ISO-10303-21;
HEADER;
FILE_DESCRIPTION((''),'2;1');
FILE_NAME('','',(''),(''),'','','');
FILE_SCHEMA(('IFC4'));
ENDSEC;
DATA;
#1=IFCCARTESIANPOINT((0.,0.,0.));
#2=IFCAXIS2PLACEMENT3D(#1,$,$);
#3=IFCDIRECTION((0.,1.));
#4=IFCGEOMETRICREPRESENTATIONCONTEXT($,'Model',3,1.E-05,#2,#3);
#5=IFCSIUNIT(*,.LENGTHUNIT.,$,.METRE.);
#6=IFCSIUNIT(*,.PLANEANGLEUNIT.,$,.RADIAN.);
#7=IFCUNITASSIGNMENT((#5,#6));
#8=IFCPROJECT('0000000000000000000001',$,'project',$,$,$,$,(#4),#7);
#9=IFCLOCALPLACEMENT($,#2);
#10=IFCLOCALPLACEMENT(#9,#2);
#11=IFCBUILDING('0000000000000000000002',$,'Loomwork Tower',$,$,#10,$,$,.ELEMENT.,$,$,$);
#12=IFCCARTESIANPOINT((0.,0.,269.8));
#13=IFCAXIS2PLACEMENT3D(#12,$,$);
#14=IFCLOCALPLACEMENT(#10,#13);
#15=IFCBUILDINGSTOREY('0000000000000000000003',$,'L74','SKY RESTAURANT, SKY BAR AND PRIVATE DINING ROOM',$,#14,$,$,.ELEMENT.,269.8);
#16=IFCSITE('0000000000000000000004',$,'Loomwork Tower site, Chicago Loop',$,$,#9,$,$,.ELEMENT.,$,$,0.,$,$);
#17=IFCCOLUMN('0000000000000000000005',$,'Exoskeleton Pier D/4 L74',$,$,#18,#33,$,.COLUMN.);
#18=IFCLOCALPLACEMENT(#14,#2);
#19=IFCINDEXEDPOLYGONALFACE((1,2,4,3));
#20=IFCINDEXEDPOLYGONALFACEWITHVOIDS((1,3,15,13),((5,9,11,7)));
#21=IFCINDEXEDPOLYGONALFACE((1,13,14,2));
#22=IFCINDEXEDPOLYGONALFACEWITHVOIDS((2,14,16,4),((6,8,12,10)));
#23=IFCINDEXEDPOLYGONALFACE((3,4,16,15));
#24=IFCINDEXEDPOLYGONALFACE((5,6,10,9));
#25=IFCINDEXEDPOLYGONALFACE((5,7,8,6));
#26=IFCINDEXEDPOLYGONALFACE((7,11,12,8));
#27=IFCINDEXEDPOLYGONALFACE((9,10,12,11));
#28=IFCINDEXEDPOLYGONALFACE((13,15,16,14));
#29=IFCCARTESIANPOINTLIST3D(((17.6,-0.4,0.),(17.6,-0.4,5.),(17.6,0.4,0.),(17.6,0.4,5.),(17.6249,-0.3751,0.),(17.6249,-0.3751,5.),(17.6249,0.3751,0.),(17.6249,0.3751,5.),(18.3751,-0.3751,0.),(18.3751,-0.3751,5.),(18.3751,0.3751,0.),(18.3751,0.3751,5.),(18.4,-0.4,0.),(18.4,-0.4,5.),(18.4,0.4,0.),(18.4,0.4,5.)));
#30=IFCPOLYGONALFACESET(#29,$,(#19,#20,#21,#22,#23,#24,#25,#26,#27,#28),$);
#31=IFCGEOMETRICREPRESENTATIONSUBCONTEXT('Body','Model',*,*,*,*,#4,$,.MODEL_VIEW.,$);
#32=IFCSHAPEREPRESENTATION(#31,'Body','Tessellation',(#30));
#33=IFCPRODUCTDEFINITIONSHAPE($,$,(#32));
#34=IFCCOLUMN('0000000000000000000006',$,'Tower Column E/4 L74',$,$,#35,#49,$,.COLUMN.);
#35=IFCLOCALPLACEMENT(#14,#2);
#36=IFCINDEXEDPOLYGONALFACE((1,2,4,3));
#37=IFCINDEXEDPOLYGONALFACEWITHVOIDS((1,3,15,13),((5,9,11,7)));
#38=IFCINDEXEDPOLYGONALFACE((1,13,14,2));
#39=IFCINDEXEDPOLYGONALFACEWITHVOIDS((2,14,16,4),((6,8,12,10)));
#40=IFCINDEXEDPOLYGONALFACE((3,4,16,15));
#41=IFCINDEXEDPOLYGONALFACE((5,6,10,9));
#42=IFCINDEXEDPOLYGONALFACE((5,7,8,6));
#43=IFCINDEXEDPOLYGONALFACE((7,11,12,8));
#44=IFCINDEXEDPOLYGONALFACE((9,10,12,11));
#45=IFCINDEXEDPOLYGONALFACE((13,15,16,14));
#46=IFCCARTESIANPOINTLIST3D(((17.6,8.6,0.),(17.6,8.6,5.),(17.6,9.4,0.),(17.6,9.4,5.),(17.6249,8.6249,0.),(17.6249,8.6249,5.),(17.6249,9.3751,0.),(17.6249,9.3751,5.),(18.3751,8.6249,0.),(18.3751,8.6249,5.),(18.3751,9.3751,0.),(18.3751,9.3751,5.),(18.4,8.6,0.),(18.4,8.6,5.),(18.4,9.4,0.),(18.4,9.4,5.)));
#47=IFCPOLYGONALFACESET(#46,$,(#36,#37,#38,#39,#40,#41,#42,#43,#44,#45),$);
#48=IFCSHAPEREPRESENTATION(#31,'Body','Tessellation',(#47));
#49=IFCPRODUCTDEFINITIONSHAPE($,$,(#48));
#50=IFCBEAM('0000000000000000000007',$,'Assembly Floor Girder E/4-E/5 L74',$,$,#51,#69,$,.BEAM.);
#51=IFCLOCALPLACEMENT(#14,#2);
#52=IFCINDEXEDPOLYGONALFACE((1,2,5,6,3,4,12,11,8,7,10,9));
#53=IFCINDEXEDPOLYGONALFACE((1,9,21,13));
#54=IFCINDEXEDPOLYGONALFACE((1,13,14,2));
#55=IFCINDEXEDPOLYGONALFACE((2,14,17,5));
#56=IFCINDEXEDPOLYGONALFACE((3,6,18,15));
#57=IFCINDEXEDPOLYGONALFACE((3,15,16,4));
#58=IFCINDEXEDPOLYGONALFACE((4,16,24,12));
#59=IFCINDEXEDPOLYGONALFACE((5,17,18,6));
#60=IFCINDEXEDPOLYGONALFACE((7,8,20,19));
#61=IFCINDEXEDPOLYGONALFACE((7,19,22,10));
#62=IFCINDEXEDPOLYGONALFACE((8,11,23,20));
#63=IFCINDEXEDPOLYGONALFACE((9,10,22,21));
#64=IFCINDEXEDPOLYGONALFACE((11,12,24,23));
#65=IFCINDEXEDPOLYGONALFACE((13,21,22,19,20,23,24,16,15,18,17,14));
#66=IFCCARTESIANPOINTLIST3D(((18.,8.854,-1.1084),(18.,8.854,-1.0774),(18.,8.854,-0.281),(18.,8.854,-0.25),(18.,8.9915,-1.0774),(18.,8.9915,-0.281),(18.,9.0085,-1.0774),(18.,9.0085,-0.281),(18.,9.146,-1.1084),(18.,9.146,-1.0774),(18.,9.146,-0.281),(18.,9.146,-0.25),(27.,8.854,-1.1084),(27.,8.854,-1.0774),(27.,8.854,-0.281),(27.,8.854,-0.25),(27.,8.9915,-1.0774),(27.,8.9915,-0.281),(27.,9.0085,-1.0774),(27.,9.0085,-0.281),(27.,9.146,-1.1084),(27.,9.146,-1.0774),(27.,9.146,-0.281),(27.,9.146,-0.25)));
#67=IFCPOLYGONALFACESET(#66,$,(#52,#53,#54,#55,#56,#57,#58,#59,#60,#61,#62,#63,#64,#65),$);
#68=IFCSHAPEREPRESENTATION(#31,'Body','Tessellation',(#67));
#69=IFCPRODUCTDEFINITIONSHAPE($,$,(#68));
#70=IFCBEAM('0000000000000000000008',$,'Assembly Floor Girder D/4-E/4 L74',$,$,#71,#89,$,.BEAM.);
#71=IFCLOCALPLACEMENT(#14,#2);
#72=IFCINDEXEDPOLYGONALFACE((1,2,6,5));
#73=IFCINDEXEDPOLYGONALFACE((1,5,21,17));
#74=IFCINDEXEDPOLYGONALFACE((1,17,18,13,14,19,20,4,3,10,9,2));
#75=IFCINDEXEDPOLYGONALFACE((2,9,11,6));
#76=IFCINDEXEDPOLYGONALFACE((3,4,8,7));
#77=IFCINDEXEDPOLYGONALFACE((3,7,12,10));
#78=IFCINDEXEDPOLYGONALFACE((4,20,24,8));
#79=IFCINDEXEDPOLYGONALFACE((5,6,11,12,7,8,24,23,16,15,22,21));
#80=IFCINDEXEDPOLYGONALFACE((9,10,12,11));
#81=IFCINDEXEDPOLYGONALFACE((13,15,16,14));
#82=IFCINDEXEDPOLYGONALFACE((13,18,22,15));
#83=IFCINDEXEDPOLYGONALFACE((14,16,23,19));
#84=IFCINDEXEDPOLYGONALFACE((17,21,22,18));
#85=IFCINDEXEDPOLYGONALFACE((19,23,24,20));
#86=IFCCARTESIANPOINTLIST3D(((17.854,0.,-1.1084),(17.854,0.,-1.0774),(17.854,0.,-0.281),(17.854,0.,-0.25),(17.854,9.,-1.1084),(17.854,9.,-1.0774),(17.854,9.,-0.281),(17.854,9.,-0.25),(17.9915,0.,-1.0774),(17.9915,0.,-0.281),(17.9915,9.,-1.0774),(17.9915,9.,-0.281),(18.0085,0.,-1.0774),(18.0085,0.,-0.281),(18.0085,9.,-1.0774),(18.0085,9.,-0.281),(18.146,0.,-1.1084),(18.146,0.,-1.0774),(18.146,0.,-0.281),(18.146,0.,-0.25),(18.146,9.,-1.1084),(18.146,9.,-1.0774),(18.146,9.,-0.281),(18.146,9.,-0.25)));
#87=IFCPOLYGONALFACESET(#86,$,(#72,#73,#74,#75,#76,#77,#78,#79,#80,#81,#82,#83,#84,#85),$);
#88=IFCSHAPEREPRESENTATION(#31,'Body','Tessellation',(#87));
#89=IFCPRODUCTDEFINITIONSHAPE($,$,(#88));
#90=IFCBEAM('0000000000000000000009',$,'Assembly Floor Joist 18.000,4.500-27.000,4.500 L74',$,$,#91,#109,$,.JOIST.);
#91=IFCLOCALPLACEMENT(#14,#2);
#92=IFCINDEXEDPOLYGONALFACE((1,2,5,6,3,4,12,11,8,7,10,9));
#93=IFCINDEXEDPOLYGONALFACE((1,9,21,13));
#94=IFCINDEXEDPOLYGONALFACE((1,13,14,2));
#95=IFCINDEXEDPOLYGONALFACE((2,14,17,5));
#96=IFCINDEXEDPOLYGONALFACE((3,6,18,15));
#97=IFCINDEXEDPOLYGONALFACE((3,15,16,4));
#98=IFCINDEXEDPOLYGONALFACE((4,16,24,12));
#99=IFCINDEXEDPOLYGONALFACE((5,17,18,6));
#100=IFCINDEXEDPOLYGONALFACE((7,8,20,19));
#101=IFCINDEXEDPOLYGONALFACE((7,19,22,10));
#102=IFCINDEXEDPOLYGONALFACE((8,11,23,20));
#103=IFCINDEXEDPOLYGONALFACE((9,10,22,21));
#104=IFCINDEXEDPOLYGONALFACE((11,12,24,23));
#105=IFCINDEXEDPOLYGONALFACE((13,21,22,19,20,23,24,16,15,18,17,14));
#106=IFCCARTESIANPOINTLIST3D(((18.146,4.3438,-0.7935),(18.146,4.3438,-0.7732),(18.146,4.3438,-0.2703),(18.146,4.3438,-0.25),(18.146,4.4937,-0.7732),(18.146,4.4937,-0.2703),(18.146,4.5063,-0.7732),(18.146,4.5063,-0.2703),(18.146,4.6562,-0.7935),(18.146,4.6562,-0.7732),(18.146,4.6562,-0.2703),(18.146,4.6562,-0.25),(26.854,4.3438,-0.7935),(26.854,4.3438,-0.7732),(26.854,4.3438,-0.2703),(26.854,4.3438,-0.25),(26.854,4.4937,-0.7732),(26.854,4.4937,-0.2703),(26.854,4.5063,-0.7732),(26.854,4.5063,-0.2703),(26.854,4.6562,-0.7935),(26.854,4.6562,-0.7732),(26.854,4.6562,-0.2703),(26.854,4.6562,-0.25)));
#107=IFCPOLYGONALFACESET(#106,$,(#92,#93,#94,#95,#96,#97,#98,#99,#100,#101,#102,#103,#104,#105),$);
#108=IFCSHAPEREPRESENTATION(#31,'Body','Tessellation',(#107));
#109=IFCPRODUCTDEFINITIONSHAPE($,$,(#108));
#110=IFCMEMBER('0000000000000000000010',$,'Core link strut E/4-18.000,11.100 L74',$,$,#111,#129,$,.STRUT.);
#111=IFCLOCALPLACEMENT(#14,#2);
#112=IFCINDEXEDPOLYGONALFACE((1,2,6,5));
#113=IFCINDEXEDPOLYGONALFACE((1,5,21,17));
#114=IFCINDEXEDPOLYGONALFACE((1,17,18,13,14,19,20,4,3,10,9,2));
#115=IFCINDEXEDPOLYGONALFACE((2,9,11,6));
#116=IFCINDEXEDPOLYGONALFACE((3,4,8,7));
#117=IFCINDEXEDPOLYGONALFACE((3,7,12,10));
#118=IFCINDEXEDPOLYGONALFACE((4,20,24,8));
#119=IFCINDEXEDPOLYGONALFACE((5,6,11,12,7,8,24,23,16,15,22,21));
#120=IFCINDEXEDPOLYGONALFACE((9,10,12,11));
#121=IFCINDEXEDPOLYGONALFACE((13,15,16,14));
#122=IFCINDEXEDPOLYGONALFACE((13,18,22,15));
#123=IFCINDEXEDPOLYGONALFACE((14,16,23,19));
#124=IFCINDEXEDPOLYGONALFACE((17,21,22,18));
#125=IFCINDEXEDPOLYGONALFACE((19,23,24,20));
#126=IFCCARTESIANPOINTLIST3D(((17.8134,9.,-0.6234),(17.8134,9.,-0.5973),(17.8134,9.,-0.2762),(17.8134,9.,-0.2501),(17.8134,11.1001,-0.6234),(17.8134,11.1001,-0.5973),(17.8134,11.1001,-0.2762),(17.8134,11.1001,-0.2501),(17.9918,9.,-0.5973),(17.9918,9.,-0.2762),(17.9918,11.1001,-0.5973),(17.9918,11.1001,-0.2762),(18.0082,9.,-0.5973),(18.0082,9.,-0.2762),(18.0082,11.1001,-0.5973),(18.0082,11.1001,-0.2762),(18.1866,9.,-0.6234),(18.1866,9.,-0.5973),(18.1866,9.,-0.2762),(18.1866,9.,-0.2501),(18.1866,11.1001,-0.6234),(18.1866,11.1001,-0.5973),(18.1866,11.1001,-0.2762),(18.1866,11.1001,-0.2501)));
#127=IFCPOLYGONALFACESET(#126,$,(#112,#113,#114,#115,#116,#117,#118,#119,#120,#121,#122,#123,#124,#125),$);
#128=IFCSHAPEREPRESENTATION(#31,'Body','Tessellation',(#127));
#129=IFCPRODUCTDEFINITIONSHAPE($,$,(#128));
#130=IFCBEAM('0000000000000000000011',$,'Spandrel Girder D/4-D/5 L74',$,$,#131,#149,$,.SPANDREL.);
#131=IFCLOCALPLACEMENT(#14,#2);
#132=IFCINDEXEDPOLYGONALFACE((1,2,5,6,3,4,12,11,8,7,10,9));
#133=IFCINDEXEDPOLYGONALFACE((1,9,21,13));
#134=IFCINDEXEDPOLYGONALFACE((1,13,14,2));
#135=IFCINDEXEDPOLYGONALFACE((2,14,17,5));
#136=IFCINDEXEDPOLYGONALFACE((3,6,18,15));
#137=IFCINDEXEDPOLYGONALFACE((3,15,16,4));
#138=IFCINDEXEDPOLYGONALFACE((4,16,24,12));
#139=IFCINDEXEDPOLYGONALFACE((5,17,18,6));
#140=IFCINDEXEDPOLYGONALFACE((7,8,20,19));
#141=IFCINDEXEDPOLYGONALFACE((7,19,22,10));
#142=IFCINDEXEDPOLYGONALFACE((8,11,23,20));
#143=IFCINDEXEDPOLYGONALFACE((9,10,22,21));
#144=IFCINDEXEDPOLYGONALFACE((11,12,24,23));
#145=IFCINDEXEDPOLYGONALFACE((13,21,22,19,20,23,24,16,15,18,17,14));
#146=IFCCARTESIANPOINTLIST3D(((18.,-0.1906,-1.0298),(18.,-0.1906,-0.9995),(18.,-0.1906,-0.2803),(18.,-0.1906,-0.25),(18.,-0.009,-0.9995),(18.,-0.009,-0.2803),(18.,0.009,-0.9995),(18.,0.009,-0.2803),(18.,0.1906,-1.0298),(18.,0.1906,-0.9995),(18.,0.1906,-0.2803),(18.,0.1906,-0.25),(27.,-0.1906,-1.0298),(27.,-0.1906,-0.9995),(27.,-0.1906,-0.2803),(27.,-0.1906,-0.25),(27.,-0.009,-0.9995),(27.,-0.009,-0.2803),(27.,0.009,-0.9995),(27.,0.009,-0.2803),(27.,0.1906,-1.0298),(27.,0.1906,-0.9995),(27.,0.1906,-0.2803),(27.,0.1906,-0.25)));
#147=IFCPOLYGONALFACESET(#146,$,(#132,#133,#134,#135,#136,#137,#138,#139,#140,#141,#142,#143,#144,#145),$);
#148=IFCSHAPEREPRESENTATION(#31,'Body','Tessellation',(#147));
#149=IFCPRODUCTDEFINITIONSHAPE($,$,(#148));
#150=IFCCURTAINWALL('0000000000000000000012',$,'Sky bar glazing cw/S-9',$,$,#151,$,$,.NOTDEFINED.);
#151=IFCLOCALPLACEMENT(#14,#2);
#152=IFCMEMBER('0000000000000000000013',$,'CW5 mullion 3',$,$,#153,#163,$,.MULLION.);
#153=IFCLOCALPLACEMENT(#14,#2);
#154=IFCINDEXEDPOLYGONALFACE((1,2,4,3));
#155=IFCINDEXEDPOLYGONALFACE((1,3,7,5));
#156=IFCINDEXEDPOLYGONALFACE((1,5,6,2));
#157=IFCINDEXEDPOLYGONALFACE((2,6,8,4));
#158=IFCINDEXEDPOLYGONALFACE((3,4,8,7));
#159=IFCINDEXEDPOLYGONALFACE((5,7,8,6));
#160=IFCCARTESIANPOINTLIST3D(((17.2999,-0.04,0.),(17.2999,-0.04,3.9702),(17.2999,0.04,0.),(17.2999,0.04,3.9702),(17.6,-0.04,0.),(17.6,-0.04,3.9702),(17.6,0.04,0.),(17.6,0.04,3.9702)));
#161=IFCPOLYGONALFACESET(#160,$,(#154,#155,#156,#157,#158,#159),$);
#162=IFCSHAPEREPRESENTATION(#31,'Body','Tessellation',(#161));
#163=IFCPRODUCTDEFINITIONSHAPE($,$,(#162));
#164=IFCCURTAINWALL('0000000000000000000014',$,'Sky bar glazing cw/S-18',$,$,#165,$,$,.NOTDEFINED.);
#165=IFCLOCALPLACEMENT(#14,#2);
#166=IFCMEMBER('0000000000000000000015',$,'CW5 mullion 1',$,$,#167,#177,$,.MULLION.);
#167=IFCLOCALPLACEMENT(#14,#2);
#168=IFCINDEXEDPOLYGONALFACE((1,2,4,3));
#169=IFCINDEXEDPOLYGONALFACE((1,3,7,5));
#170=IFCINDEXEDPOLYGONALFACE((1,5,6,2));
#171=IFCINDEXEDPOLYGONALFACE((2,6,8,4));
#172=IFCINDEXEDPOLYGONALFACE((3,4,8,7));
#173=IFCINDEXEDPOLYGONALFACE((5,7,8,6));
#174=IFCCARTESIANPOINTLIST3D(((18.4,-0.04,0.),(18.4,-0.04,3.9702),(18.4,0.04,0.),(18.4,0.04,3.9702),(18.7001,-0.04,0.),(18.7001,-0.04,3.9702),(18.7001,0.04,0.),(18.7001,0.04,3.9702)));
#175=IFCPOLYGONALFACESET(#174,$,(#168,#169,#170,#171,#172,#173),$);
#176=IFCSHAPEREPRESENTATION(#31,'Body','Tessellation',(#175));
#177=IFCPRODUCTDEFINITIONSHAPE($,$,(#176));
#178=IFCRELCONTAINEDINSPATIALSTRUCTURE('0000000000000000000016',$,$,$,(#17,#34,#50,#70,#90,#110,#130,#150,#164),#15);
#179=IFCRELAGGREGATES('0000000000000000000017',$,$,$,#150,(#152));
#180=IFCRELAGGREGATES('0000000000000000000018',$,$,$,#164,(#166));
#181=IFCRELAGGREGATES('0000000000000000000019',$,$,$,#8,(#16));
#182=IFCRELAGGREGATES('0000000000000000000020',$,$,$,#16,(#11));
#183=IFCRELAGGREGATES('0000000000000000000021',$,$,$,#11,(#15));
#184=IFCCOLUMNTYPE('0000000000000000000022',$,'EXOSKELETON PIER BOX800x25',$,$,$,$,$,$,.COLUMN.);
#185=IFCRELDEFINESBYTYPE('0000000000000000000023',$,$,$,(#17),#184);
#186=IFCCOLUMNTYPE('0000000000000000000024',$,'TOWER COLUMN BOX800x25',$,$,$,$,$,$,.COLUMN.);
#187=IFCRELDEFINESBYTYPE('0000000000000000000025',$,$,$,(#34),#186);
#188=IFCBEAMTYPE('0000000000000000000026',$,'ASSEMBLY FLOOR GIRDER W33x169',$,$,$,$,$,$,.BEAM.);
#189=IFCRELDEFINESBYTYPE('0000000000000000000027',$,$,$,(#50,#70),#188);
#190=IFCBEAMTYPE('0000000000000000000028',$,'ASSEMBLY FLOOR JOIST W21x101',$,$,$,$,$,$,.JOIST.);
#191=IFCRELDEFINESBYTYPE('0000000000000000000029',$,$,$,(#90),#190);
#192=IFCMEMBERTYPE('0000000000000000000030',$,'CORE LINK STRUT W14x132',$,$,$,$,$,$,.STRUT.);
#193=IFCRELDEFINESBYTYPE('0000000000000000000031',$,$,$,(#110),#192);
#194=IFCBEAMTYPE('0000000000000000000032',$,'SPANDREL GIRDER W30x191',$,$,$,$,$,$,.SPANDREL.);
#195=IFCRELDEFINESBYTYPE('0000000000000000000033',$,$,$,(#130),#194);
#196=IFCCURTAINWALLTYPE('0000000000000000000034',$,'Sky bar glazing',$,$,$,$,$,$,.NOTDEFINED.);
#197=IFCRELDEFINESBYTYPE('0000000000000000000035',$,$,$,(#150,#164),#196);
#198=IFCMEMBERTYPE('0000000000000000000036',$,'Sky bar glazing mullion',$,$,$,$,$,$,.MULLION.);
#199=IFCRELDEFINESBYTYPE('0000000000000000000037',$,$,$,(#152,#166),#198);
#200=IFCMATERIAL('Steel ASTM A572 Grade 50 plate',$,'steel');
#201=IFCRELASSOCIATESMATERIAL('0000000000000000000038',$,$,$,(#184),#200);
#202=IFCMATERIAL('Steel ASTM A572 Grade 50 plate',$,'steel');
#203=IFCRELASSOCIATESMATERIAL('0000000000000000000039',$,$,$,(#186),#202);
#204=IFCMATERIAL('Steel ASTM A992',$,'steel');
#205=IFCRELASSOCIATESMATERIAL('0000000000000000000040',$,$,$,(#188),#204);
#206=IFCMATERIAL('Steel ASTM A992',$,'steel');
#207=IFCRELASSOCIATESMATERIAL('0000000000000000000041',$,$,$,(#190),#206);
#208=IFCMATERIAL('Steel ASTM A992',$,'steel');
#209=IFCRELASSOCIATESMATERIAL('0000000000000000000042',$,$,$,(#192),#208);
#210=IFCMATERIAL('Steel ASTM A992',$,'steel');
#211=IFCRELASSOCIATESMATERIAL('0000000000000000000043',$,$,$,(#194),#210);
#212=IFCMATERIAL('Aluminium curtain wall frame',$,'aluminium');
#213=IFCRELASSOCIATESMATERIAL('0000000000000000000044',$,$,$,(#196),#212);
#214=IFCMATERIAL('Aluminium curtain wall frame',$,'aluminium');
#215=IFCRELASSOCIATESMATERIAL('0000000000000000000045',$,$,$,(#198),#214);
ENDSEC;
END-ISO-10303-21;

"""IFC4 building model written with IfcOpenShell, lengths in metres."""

from ifc_helpers import new_model, si_unit, direction, frame, origin, origin_2d, place, context, subcontext, project, spatial, rectangle, hollow_rectangle, i_section, extrude, material, material_profile, profile_set, type_object, element, aggregate, save


model = new_model("IFC4")

# Units and contexts
model_context = context("Model", 3, precision=1e-05, world=origin(), true_north=direction((0.0, 1.0)))
body_context = subcontext(model_context, "Body", "Model", "MODEL_VIEW")
ifc_project = project(units=[si_unit("LENGTHUNIT", "METRE"), si_unit("PLANEANGLEUNIT", "RADIAN")], contexts=[model_context])

# Site, building, storey
site_placement = place(None, origin())
site = spatial("IfcSite", under=ifc_project, at=site_placement, Name="Loomwork Tower site, Chicago Loop", CompositionType="ELEMENT", RefElevation=0.0)
building_placement = place(site_placement, origin())
building = spatial("IfcBuilding", under=site, at=building_placement, Name="Loomwork Tower", CompositionType="ELEMENT")
storey_placement = place(building_placement, frame((0.0, 0.0, 269.8)))
storey = spatial("IfcBuildingStorey", under=building, at=storey_placement, Name="L74", Description="SKY RESTAURANT, SKY BAR AND PRIVATE DINING ROOM", CompositionType="ELEMENT", Elevation=269.8)

# Columns
ifc_material_1 = material(Name="Steel ASTM A572 Grade 50 plate", Category="steel")
ifc_material_profile_1 = material_profile(ifc_material_1, hollow_rectangle(XDim=0.8, YDim=0.8, WallThickness=0.0249, at=origin_2d()), Name="BOX800x25")
ifc_profile_set_1 = profile_set([ifc_material_profile_1], Name="Steel ASTM A572 Grade 50 plate")
column_type_1 = type_object("IfcColumnType", Name="EXOSKELETON PIER BOX800x25", PredefinedType="COLUMN", material=ifc_profile_set_1)
column_1_placement = place(storey_placement, frame((18.0, 0.0, 0.0), z_axis=(0.0, 0.0, 1.0), x_axis=(1.0, 0.0, 0.0)))
element("IfcColumn", 1, at=column_1_placement, inside=storey, type_object=column_type_1, Name="Exoskeleton Pier D/4 L74", PredefinedType="COLUMN", context=body_context, shape_type="SweptSolid", body=[
    extrude(hollow_rectangle(XDim=0.8, YDim=0.8, WallThickness=0.0249, at=origin_2d()), origin(), (0.0, 0.0, 1.0), 5.0),
])
ifc_material_2 = material(Name="Steel ASTM A572 Grade 50 plate", Category="steel")
ifc_material_profile_2 = material_profile(ifc_material_2, hollow_rectangle(XDim=0.8, YDim=0.8, WallThickness=0.0249, at=origin_2d()), Name="BOX800x25")
ifc_profile_set_2 = profile_set([ifc_material_profile_2], Name="Steel ASTM A572 Grade 50 plate")
column_type_2 = type_object("IfcColumnType", Name="TOWER COLUMN BOX800x25", PredefinedType="COLUMN", material=ifc_profile_set_2)
column_2_placement = place(storey_placement, frame((18.0, 9.0, 0.0), z_axis=(0.0, 0.0, 1.0), x_axis=(1.0, 0.0, 0.0)))
element("IfcColumn", 2, at=column_2_placement, inside=storey, type_object=column_type_2, Name="Tower Column E/4 L74", PredefinedType="COLUMN", context=body_context, shape_type="SweptSolid", body=[
    extrude(hollow_rectangle(XDim=0.8, YDim=0.8, WallThickness=0.0249, at=origin_2d()), origin(), (0.0, 0.0, 1.0), 5.0),
])

# Beams
ifc_material_3 = material(Name="Steel ASTM A992", Category="steel")
ifc_material_profile_3 = material_profile(ifc_material_3, i_section(OverallWidth=0.292, OverallDepth=0.8584, WebThickness=0.0171, FlangeThickness=0.031, at=origin_2d()), Name="W33x169")
ifc_profile_set_3 = profile_set([ifc_material_profile_3], Name="Steel ASTM A992")
beam_type_1 = type_object("IfcBeamType", Name="ASSEMBLY FLOOR GIRDER W33x169", PredefinedType="BEAM", material=ifc_profile_set_3)
for number, where, z_axis, x_axis, name in (
    (3, (18.0, 9.0, -0.6792), (1.0, 0.0, 0.0), (0.0, 1.0, 0.0), "Assembly Floor Girder E/4-E/5 L74"),
    (4, (18.0, 0.0, -0.6792), (0.0, 1.0, 0.0), (-1.0, 0.0, 0.0), "Assembly Floor Girder D/4-E/4 L74"),
):
    element("IfcBeam", number, at=place(storey_placement, frame(where, z_axis=z_axis, x_axis=x_axis)), inside=storey, type_object=beam_type_1, Name=name, PredefinedType="BEAM", context=body_context, shape_type="SweptSolid", body=[
        extrude(i_section(OverallWidth=0.292, OverallDepth=0.8584, WebThickness=0.0171, FlangeThickness=0.031, at=origin_2d()), origin(), (0.0, 0.0, 1.0), 9.0),
    ])
ifc_material_4 = material(Name="Steel ASTM A992", Category="steel")
ifc_material_profile_4 = material_profile(ifc_material_4, i_section(OverallWidth=0.3125, OverallDepth=0.5435, WebThickness=0.0127, FlangeThickness=0.0203, at=origin_2d()), Name="W21x101")
ifc_profile_set_4 = profile_set([ifc_material_profile_4], Name="Steel ASTM A992")
beam_type_2 = type_object("IfcBeamType", Name="ASSEMBLY FLOOR JOIST W21x101", PredefinedType="JOIST", material=ifc_profile_set_4)
beam_1_placement = place(storey_placement, frame((18.146, 4.5, -0.5217), z_axis=(1.0, 0.0, 0.0), x_axis=(0.0, 1.0, 0.0)))
element("IfcBeam", 5, at=beam_1_placement, inside=storey, type_object=beam_type_2, Name="Assembly Floor Joist 18.000,4.500-27.000,4.500 L74", PredefinedType="JOIST", context=body_context, shape_type="SweptSolid", body=[
    extrude(i_section(OverallWidth=0.3125, OverallDepth=0.5435, WebThickness=0.0127, FlangeThickness=0.0203, at=origin_2d()), origin(), (0.0, 0.0, 1.0), 8.708),
])

# Member
ifc_material_5 = material(Name="Steel ASTM A992", Category="steel")
ifc_material_profile_5 = material_profile(ifc_material_5, i_section(OverallWidth=0.3733, OverallDepth=0.3733, WebThickness=0.0164, FlangeThickness=0.0261, at=origin_2d()), Name="W14x132")
ifc_profile_set_5 = profile_set([ifc_material_profile_5], Name="Steel ASTM A992")
member_type_1 = type_object("IfcMemberType", Name="CORE LINK STRUT W14x132", PredefinedType="STRUT", material=ifc_profile_set_5)
member_1_placement = place(storey_placement, frame((18.0, 9.0, -0.4368), z_axis=(0.0, 1.0, 0.0), x_axis=(-1.0, 0.0, 0.0)))
element("IfcMember", 6, at=member_1_placement, inside=storey, type_object=member_type_1, Name="Core link strut E/4-18.000,11.100 L74", PredefinedType="STRUT", context=body_context, shape_type="SweptSolid", body=[
    extrude(i_section(OverallWidth=0.3733, OverallDepth=0.3733, WebThickness=0.0164, FlangeThickness=0.0261, at=origin_2d()), origin(), (0.0, 0.0, 1.0), 2.1001),
])

# Beam
ifc_material_6 = material(Name="Steel ASTM A992", Category="steel")
ifc_material_profile_6 = material_profile(ifc_material_6, i_section(OverallWidth=0.3811, OverallDepth=0.7798, WebThickness=0.0181, FlangeThickness=0.0303, at=origin_2d()), Name="W30x191")
ifc_profile_set_6 = profile_set([ifc_material_profile_6], Name="Steel ASTM A992")
beam_type_3 = type_object("IfcBeamType", Name="SPANDREL GIRDER W30x191", PredefinedType="SPANDREL", material=ifc_profile_set_6)
beam_2_placement = place(storey_placement, frame((18.0, 0.0, -0.6399), z_axis=(1.0, 0.0, 0.0), x_axis=(0.0, 1.0, 0.0)))
element("IfcBeam", 7, at=beam_2_placement, inside=storey, type_object=beam_type_3, Name="Spandrel Girder D/4-D/5 L74", PredefinedType="SPANDREL", context=body_context, shape_type="SweptSolid", body=[
    extrude(i_section(OverallWidth=0.3811, OverallDepth=0.7798, WebThickness=0.0181, FlangeThickness=0.0303, at=origin_2d()), origin(), (0.0, 0.0, 1.0), 9.0),
])

# Curtain wall, member
ifc_material_7 = material(Name="Aluminium curtain wall frame", Category="aluminium")
curtain_wall_type = type_object("IfcCurtainWallType", Name="Sky bar glazing", PredefinedType="NOTDEFINED", material=ifc_material_7)
curtain_wall_1_placement = place(storey_placement, origin())
curtain_wall_1 = element("IfcCurtainWall", 8, at=curtain_wall_1_placement, inside=storey, type_object=curtain_wall_type, Name="Sky bar glazing cw/S-9", PredefinedType="NOTDEFINED")
ifc_material_8 = material(Name="Aluminium curtain wall frame", Category="aluminium")
ifc_material_profile_7 = material_profile(ifc_material_8, rectangle(XDim=0.0801, YDim=0.3, at=origin_2d()), Name="AL 80x300")
ifc_profile_set_7 = profile_set([ifc_material_profile_7], Name="Aluminium curtain wall frame")
member_type_2 = type_object("IfcMemberType", Name="Sky bar glazing mullion", PredefinedType="MULLION", material=ifc_profile_set_7)
member_2_placement = place(storey_placement, frame((17.45, 0.0, 0.0), z_axis=(0.0, 0.0, 1.0), x_axis=(0.0, 1.0, 0.0)))
member_2 = element("IfcMember", 9, at=member_2_placement, type_object=member_type_2, Name="CW5 mullion 3", PredefinedType="MULLION", context=body_context, shape_type="SweptSolid", body=[
    extrude(rectangle(XDim=0.0801, YDim=0.3, at=origin_2d()), origin(), (0.0, 0.0, 1.0), 3.9702),
])

# Curtain wall, member
curtain_wall_2_placement = place(storey_placement, origin())
curtain_wall_2 = element("IfcCurtainWall", 10, at=curtain_wall_2_placement, inside=storey, type_object=curtain_wall_type, Name="Sky bar glazing cw/S-18", PredefinedType="NOTDEFINED")
member_3_placement = place(storey_placement, frame((18.55, 0.0, 0.0), z_axis=(0.0, 0.0, 1.0), x_axis=(0.0, 1.0, 0.0)))
member_3 = element("IfcMember", 11, at=member_3_placement, type_object=member_type_2, Name="CW5 mullion 1", PredefinedType="MULLION", context=body_context, shape_type="SweptSolid", body=[
    extrude(rectangle(XDim=0.0801, YDim=0.3, at=origin_2d()), origin(), (0.0, 0.0, 1.0), 3.9702),
])

aggregate(curtain_wall_1, [member_2])
aggregate(curtain_wall_2, [member_3])

save(model, "model.ifc")
